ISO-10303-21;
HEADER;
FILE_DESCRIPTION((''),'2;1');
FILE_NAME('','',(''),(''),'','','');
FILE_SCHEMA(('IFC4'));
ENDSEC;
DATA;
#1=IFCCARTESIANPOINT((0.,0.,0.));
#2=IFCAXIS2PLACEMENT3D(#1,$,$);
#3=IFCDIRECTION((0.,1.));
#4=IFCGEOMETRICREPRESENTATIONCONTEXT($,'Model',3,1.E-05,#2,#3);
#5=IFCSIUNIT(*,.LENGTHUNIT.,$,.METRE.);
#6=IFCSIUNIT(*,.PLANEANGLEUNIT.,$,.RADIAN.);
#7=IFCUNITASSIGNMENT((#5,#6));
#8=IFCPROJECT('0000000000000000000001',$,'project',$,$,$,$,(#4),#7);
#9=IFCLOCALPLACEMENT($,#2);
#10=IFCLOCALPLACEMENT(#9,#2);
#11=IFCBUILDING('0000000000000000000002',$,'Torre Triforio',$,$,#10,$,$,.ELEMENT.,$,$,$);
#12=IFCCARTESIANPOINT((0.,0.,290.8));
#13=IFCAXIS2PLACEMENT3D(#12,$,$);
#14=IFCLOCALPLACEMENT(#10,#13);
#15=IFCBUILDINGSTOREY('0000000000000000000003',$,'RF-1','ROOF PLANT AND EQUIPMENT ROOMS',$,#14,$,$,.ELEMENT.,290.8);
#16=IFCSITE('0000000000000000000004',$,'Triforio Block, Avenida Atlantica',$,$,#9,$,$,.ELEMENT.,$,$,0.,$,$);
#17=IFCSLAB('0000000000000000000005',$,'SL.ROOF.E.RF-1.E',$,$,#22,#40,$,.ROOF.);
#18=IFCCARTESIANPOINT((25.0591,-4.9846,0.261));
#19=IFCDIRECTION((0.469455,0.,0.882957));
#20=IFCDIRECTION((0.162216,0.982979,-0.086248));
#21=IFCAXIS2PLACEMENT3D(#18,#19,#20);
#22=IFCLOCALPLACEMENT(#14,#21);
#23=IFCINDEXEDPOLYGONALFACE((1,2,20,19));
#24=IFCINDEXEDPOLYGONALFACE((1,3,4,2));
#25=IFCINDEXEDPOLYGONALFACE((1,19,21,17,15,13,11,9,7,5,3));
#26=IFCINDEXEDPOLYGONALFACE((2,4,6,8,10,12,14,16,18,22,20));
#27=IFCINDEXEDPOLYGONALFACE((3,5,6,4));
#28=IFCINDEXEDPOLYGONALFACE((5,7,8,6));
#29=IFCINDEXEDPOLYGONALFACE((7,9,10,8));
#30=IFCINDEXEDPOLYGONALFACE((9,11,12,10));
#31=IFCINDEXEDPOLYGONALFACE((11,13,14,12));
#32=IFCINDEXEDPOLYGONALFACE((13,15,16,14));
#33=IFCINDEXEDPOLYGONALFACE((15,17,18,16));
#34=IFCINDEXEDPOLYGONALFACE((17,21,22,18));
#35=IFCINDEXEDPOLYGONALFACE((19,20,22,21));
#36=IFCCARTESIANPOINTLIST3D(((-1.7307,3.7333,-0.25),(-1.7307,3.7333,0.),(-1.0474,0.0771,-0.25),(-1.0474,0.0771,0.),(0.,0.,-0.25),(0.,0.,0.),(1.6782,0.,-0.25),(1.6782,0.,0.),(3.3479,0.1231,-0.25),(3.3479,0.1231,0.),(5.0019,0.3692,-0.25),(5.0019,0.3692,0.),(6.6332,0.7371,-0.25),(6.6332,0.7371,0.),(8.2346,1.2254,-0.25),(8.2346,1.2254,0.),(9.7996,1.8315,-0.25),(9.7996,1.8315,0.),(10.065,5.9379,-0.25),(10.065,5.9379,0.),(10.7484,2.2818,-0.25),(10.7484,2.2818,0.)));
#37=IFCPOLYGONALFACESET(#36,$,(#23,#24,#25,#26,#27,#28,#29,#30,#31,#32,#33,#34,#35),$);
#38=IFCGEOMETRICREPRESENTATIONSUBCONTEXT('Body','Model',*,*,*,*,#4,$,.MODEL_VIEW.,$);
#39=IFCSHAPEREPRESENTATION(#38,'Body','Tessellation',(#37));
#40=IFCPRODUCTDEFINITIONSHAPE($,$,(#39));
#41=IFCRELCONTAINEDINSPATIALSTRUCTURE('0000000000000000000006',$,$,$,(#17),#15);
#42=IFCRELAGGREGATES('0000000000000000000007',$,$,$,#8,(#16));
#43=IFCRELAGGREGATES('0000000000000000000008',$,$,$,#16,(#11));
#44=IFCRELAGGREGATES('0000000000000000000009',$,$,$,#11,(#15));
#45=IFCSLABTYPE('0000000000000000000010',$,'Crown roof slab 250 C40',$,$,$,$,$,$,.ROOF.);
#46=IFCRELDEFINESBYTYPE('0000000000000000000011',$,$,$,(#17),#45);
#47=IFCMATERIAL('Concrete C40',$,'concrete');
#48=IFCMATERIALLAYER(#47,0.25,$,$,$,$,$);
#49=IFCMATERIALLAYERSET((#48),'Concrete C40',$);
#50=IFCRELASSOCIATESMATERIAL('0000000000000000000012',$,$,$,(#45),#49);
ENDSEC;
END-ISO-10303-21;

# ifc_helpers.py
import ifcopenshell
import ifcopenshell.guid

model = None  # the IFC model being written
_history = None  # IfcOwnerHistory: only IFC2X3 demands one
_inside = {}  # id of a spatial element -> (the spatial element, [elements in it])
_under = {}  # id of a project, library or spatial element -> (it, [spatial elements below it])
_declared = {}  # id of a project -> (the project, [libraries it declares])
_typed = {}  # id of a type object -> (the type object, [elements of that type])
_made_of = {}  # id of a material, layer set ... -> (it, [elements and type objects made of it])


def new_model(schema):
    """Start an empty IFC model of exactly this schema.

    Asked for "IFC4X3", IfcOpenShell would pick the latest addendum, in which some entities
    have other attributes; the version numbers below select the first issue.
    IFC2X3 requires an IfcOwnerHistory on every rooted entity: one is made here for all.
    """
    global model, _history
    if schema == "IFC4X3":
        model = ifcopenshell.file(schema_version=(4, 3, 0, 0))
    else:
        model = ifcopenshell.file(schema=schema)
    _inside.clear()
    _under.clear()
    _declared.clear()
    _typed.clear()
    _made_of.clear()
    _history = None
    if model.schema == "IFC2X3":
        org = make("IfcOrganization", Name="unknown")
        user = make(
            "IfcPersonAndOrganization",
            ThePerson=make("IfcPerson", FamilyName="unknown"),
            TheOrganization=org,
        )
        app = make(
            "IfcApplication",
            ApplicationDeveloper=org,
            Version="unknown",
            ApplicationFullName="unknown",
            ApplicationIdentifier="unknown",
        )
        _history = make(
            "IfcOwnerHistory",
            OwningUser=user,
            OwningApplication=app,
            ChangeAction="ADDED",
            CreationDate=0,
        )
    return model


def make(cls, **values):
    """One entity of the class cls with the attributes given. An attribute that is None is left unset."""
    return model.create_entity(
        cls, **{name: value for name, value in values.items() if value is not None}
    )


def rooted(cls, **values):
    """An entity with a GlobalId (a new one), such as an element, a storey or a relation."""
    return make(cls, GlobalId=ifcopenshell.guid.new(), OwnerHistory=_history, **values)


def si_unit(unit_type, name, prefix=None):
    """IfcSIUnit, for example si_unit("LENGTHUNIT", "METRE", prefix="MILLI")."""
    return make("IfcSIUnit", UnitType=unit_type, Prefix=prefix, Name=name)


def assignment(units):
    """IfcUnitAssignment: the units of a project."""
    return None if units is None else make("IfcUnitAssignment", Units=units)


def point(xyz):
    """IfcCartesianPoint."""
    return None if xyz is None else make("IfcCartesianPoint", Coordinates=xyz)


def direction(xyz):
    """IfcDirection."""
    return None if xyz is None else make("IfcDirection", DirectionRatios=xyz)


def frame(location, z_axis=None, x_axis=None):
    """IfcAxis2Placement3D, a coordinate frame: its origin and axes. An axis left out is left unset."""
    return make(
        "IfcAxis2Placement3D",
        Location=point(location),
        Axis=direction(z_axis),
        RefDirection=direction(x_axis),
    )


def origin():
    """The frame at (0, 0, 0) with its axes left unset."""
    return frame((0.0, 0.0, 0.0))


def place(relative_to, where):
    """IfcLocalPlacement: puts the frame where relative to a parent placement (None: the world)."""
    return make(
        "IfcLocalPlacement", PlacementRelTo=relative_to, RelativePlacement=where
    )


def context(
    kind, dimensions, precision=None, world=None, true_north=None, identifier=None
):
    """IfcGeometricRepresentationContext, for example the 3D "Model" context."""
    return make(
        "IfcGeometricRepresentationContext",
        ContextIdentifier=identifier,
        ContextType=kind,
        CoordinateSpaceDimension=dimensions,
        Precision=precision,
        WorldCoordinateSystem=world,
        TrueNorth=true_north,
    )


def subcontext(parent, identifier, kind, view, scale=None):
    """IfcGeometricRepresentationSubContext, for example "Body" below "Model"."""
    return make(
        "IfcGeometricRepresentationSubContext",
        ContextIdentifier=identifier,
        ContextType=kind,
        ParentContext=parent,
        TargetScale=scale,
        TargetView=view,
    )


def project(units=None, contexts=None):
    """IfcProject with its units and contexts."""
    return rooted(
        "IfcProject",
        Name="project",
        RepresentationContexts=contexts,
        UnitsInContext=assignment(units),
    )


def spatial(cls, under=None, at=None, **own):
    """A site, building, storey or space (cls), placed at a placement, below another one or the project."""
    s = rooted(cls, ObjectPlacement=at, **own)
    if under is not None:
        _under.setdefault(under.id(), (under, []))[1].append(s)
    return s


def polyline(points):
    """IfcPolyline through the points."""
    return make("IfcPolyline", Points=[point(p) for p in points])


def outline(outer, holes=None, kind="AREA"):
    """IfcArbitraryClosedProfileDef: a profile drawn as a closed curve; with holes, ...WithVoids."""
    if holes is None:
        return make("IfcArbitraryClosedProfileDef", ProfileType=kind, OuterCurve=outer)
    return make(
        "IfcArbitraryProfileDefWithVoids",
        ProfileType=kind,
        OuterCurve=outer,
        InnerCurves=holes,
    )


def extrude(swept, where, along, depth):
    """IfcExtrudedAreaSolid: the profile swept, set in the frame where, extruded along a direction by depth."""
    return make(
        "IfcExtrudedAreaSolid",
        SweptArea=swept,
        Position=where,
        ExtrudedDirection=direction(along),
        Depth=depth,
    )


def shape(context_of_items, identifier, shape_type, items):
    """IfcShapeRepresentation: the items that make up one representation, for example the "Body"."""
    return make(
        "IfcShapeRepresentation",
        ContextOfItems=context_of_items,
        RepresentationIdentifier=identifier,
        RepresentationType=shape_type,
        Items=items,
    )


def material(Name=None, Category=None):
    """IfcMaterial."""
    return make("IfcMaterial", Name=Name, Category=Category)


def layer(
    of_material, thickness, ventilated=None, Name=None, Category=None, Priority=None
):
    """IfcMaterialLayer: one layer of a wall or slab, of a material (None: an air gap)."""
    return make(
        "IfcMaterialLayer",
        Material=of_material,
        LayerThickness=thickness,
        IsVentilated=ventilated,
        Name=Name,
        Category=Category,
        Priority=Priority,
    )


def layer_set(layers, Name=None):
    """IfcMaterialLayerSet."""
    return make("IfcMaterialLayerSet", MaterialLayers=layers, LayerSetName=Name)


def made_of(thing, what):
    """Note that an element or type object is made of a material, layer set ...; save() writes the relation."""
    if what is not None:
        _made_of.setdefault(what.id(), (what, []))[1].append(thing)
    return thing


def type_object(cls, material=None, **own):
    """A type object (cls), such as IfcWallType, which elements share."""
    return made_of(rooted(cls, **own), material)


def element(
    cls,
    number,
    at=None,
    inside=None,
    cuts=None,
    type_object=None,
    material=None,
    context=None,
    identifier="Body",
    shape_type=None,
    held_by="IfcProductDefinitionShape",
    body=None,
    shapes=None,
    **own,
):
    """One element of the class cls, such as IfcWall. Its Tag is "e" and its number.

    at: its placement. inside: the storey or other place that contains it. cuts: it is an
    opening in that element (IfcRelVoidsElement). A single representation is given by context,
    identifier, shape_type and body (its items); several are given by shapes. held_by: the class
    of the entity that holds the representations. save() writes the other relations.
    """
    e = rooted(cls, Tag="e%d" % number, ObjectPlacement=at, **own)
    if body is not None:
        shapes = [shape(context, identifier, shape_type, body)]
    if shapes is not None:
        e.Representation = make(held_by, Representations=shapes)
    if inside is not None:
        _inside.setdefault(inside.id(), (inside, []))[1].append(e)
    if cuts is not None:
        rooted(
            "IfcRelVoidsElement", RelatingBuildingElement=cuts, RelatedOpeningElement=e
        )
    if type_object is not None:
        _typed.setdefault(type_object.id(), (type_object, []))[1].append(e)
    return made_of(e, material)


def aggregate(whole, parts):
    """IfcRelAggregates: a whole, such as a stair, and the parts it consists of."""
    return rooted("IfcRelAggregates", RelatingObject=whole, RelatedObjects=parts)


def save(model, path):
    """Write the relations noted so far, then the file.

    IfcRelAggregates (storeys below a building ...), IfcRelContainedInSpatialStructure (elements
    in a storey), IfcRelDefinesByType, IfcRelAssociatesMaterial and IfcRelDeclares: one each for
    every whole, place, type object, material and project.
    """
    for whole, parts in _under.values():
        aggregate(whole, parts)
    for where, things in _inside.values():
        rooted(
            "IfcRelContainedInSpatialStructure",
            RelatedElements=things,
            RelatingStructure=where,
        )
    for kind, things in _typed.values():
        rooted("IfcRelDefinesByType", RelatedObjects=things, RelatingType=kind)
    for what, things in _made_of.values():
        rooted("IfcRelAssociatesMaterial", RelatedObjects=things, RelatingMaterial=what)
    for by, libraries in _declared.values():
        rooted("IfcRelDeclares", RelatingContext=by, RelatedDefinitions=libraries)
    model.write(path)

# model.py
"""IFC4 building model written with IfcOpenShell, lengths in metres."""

from ifc_helpers import new_model, si_unit, direction, frame, origin, place, context, subcontext, project, spatial, polyline, outline, extrude, material, layer, layer_set, type_object, element, save


model = new_model("IFC4")

# Units and contexts
model_context = context("Model", 3, precision=1e-05, world=origin(), true_north=direction((0.0, 1.0)))
body_context = subcontext(model_context, "Body", "Model", "MODEL_VIEW")
ifc_project = project(units=[si_unit("LENGTHUNIT", "METRE"), si_unit("PLANEANGLEUNIT", "RADIAN")], contexts=[model_context])

# Site, building, storey
site_placement = place(None, origin())
site = spatial("IfcSite", under=ifc_project, at=site_placement, Name="Triforio Block, Avenida Atlantica", CompositionType="ELEMENT", RefElevation=0.0)
building_placement = place(site_placement, origin())
building = spatial("IfcBuilding", under=site, at=building_placement, Name="Torre Triforio", CompositionType="ELEMENT")
storey_placement = place(building_placement, frame((0.0, 0.0, 290.8)))
storey = spatial("IfcBuildingStorey", under=building, at=storey_placement, Name="RF-1", Description="ROOF PLANT AND EQUIPMENT ROOMS", CompositionType="ELEMENT", Elevation=290.8)

# Shared definitions
ifc_material_1 = material(Name="Concrete C40", Category="concrete")

# Slab
ifc_layer_1 = layer(ifc_material_1, 0.25)
ifc_layer_set_1 = layer_set([ifc_layer_1], Name="Concrete C40")
slab_type = type_object("IfcSlabType", Name="Crown roof slab 250 C40", PredefinedType="ROOF", material=ifc_layer_set_1)
slab_1_placement = place(storey_placement, frame((25.0591, -4.9846, 0.261), z_axis=(0.469455, 0.0, 0.882957), x_axis=(0.162216, 0.982979, -0.086248)))
element("IfcSlab", 1, at=slab_1_placement, inside=storey, type_object=slab_type, Name="SL.ROOF.E.RF-1.E", PredefinedType="ROOF", context=body_context, shape_type="SweptSolid", body=[
    extrude(outline(polyline([(0.0, 0.0), (1.6782, 0.0), (3.3479, 0.1231), (5.0019, 0.3692), (6.6332, 0.7371), (8.2346, 1.2254), (9.7996, 1.8315), (10.7484, 2.2818), (10.065, 5.9379), (-1.7307, 3.7333), (-1.0474, 0.0771), (0.0, 0.0)])), origin(), (0.0, 0.0, -1.0), 0.25),
])

save(model, "model.ifc")
